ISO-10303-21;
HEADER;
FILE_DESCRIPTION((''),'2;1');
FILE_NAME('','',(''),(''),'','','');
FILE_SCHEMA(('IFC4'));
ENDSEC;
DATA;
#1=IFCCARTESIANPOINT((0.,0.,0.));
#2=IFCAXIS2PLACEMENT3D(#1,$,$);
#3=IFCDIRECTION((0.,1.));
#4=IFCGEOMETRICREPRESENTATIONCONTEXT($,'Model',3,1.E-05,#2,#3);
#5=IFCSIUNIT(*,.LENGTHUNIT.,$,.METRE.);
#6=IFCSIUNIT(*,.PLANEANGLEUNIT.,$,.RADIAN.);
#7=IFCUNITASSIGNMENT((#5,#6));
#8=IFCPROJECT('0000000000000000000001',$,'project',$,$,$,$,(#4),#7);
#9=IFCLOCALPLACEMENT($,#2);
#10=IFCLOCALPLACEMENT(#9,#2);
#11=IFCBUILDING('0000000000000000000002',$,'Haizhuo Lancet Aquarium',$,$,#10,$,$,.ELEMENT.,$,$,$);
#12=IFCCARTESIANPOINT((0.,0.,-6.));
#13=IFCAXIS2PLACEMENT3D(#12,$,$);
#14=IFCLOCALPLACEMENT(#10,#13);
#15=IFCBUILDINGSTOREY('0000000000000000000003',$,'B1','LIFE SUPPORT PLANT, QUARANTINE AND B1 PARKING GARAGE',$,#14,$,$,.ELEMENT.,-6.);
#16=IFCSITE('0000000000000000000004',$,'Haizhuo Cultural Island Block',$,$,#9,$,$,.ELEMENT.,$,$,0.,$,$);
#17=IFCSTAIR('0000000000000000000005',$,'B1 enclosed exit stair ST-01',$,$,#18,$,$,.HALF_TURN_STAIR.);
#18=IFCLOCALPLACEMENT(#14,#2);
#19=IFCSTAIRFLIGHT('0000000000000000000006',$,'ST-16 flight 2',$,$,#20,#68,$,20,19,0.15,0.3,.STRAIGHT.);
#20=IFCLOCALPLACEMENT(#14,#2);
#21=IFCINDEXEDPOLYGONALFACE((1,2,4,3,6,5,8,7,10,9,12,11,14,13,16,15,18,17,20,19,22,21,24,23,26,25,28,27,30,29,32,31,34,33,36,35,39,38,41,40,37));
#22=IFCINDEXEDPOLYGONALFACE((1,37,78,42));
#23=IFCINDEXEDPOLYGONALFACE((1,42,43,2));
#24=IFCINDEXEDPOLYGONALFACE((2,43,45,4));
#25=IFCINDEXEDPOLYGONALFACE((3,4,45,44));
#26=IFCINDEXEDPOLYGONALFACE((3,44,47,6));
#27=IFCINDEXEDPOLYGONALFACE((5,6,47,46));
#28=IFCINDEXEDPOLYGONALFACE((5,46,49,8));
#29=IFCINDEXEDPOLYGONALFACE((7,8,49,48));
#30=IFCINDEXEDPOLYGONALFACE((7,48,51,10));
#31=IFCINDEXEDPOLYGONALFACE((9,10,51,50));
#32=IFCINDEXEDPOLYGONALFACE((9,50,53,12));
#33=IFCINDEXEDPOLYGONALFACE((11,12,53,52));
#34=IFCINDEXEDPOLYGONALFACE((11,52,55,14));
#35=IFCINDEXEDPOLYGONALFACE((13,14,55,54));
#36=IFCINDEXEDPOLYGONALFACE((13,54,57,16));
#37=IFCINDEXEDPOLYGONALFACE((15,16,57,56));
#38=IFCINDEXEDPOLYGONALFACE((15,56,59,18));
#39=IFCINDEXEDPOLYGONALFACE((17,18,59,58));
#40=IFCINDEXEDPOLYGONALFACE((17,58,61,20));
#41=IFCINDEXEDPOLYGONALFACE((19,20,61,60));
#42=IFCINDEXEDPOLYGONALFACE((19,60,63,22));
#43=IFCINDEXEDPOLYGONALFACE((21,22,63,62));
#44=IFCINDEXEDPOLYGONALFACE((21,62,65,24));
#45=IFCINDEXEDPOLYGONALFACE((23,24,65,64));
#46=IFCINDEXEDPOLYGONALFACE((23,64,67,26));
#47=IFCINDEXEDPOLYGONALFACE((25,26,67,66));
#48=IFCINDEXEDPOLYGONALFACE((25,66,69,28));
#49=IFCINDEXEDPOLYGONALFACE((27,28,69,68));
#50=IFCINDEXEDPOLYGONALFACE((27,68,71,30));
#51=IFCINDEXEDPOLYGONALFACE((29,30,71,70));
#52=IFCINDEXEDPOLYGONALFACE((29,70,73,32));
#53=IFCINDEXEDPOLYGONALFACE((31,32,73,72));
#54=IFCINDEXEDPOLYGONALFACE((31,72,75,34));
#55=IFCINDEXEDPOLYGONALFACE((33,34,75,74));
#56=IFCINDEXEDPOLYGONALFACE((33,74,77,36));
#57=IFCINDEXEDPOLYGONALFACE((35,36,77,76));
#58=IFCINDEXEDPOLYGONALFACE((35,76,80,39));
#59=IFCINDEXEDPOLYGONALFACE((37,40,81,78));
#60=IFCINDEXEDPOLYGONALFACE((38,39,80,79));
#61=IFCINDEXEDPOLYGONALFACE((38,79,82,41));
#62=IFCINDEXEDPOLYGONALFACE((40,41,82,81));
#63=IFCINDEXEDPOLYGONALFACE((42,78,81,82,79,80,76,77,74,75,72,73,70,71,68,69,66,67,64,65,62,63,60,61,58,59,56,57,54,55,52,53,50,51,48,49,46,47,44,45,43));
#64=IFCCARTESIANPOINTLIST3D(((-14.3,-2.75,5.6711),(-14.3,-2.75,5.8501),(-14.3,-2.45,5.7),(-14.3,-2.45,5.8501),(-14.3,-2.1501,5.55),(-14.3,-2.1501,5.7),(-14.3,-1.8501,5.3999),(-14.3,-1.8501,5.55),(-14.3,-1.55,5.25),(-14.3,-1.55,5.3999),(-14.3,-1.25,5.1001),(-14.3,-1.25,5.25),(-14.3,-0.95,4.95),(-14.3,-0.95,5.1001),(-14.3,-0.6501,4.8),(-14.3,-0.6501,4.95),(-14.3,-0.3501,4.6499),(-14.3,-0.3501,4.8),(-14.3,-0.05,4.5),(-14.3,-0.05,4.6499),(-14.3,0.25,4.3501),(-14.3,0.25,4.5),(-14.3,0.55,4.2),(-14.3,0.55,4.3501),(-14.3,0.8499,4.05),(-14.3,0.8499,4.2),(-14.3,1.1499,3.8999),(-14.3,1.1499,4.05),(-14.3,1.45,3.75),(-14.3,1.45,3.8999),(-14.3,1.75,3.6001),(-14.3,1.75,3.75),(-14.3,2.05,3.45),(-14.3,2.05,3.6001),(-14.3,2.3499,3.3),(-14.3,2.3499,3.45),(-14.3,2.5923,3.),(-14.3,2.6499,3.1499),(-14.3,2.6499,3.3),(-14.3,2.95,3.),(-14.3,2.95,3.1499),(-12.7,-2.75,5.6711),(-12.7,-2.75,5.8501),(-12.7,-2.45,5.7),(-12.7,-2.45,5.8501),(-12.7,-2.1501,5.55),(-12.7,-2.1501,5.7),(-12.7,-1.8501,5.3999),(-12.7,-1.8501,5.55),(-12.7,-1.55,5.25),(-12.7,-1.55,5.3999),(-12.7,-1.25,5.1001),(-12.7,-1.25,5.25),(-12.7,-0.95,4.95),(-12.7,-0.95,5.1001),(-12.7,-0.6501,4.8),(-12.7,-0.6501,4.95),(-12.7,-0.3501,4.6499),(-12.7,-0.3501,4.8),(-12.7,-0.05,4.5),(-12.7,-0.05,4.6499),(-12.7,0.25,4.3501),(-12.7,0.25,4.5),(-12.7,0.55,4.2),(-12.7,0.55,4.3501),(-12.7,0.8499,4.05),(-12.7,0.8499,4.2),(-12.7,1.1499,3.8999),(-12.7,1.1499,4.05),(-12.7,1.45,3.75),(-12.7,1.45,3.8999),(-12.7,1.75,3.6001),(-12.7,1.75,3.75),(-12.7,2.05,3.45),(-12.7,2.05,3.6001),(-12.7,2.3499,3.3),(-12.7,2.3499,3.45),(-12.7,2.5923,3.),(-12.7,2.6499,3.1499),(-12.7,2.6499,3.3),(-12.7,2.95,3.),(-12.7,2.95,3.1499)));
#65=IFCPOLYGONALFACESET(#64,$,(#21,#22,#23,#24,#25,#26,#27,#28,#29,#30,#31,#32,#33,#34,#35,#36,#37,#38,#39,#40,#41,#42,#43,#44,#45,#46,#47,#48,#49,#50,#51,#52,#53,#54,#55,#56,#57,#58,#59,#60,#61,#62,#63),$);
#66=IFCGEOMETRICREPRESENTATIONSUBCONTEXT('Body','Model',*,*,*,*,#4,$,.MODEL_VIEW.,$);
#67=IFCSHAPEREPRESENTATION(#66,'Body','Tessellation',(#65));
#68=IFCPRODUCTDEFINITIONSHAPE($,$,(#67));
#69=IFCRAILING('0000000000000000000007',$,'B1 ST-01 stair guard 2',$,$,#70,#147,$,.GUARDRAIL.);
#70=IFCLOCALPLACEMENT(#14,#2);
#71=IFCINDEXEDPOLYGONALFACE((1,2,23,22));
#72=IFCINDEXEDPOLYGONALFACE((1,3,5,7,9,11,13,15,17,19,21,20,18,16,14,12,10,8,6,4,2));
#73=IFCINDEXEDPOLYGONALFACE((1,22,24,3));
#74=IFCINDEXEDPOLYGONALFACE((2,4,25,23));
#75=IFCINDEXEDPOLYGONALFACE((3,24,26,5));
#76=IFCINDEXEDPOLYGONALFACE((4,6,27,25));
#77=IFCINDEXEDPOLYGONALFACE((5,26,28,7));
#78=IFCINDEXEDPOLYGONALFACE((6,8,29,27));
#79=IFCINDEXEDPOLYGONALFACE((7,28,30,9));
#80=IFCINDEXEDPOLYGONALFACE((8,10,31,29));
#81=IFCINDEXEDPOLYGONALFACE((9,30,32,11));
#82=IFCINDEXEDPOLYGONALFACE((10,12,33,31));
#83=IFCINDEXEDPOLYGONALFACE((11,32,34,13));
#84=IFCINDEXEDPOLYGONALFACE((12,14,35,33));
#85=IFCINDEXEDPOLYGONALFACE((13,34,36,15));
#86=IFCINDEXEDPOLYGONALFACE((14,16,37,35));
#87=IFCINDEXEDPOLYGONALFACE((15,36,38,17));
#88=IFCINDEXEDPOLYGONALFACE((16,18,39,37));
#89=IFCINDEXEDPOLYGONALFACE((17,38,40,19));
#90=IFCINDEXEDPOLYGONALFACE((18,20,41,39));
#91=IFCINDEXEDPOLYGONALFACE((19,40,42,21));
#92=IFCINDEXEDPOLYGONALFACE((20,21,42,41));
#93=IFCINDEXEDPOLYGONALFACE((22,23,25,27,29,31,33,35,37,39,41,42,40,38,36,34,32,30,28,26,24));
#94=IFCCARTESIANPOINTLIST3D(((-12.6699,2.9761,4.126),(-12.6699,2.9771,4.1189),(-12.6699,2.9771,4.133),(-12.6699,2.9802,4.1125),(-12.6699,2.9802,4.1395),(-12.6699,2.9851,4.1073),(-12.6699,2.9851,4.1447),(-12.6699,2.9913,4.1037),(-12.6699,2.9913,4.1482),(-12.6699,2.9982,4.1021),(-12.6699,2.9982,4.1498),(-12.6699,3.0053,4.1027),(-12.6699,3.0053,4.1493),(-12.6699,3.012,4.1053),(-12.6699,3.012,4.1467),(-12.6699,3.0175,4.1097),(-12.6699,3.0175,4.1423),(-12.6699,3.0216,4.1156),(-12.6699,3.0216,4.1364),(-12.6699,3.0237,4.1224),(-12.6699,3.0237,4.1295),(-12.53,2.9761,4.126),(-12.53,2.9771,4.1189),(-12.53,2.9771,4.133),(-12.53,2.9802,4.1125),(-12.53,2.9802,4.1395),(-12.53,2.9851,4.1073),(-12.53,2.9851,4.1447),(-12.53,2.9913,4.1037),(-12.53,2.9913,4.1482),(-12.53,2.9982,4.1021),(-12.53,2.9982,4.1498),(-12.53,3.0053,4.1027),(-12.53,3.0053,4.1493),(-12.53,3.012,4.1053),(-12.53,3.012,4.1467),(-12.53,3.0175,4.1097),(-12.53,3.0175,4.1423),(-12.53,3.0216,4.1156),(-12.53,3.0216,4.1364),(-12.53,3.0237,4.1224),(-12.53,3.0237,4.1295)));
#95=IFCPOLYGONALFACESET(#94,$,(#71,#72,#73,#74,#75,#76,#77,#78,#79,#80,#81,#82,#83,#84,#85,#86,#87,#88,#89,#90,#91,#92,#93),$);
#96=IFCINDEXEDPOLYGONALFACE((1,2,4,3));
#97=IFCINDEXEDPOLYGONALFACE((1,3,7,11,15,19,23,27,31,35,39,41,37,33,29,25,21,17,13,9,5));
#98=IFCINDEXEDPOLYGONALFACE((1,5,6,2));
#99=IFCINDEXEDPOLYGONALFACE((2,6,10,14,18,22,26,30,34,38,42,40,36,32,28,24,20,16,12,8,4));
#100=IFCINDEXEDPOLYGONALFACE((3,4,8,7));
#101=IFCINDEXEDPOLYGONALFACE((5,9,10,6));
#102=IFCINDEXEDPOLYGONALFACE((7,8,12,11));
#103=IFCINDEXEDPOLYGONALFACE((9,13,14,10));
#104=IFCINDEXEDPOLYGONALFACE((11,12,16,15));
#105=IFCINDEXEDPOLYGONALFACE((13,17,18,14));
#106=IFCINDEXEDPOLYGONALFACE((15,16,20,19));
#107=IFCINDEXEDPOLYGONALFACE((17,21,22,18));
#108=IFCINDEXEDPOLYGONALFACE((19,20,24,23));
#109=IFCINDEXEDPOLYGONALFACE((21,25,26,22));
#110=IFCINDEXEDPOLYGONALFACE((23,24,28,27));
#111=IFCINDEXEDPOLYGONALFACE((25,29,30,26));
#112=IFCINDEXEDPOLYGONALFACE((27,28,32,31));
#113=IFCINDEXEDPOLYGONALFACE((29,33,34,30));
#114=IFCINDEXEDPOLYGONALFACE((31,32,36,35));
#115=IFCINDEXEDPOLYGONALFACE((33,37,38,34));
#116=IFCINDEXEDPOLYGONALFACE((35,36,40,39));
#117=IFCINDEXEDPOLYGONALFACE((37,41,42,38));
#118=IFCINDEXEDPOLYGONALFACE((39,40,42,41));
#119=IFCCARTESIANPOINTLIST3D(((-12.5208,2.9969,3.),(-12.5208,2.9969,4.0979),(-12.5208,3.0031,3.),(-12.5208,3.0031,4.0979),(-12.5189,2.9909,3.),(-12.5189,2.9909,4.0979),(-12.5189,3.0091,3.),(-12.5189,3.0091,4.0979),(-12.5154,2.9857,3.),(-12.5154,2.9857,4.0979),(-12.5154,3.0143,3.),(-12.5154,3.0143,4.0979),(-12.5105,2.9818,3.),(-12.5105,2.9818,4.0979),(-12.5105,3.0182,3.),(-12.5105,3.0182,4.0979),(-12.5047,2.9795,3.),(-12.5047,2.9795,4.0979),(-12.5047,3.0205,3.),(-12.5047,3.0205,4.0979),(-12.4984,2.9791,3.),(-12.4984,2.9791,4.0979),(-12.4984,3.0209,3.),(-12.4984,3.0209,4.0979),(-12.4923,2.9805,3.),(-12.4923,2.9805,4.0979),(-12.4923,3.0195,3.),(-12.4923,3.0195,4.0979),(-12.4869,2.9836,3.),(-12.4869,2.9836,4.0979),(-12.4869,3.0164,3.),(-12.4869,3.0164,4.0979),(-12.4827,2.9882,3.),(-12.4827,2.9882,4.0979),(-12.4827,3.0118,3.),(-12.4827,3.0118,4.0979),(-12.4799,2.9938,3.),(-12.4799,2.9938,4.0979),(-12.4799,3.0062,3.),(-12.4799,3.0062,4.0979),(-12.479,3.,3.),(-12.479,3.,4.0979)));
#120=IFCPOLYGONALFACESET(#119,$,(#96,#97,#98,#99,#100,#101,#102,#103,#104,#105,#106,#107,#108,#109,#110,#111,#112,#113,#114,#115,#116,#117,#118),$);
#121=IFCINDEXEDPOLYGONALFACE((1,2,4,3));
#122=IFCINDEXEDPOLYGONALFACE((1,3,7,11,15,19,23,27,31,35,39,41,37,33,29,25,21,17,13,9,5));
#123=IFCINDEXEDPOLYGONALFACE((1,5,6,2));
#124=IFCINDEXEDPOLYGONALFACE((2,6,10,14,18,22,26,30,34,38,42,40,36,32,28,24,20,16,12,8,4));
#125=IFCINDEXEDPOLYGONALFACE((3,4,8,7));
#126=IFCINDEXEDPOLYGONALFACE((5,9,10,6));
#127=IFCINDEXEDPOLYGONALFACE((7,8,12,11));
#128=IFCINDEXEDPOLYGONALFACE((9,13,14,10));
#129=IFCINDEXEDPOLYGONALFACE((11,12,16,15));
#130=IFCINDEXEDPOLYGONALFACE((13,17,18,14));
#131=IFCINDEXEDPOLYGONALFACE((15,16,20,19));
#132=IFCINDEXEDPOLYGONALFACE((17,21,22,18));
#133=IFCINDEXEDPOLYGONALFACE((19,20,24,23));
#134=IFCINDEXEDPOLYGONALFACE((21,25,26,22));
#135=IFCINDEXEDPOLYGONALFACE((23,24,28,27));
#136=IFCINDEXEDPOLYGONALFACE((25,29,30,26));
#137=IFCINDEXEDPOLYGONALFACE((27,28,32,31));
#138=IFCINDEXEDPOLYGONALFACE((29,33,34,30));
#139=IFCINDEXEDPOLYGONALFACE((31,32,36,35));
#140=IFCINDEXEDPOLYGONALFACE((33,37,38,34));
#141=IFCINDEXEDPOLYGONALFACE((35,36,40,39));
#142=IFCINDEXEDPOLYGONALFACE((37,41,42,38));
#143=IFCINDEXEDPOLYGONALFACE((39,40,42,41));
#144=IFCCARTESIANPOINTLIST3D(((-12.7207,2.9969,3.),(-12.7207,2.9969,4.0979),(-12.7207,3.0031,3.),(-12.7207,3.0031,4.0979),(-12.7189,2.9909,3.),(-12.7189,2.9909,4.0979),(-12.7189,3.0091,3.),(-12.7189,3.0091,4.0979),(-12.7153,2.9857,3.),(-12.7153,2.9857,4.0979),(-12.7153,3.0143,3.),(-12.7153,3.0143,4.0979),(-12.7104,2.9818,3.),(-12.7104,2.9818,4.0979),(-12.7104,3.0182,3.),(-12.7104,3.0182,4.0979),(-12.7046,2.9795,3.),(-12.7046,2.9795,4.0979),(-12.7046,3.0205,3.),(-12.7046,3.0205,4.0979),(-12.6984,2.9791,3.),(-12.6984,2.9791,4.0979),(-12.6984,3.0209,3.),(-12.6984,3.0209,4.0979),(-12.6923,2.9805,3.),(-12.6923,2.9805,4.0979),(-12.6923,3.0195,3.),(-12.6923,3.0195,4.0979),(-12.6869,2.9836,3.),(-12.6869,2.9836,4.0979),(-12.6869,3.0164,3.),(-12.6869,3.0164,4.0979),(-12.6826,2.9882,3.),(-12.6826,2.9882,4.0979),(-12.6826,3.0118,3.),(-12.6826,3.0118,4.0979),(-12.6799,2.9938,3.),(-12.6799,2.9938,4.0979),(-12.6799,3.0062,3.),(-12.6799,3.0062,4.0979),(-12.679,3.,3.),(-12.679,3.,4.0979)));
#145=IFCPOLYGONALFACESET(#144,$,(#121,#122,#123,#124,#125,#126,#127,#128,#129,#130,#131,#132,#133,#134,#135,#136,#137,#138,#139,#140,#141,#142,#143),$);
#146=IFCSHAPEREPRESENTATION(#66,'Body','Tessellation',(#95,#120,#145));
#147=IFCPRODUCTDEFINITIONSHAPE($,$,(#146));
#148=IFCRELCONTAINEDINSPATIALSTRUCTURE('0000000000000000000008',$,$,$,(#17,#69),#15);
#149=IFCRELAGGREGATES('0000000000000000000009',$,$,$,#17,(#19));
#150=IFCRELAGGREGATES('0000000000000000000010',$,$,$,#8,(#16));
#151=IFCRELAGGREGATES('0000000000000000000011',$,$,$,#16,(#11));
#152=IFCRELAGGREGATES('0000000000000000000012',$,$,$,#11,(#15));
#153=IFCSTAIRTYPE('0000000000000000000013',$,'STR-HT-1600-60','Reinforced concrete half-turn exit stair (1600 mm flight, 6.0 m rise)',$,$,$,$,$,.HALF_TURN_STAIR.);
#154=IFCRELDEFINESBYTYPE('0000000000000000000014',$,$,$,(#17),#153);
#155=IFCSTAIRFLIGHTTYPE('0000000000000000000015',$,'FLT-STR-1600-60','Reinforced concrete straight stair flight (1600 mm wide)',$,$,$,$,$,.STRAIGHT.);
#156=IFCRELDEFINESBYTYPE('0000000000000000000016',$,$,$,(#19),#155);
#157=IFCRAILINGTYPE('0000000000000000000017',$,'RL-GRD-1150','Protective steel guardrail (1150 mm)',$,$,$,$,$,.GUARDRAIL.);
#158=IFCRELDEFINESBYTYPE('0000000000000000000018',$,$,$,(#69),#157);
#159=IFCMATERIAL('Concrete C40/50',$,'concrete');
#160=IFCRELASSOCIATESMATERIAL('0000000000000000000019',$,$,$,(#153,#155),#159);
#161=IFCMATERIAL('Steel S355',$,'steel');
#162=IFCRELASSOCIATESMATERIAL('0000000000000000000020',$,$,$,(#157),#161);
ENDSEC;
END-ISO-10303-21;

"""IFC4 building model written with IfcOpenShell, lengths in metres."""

from ifc_helpers import new_model, si_unit, direction, frame, origin, origin_2d, place, context, subcontext, project, spatial, polyline, circle, outline, extrude, material, type_object, element, aggregate, save


model = new_model("IFC4")

# Units and contexts
model_context = context("Model", 3, precision=1e-05, world=origin(), true_north=direction((0.0, 1.0)))
body_context = subcontext(model_context, "Body", "Model", "MODEL_VIEW")
ifc_project = project(units=[si_unit("LENGTHUNIT", "METRE"), si_unit("PLANEANGLEUNIT", "RADIAN")], contexts=[model_context])

# Site, building, storey
site_placement = place(None, origin())
site = spatial("IfcSite", under=ifc_project, at=site_placement, Name="Haizhuo Cultural Island Block", CompositionType="ELEMENT", RefElevation=0.0)
building_placement = place(site_placement, origin())
building = spatial("IfcBuilding", under=site, at=building_placement, Name="Haizhuo Lancet Aquarium", CompositionType="ELEMENT")
storey_placement = place(building_placement, frame((0.0, 0.0, -6.0)))
storey = spatial("IfcBuildingStorey", under=building, at=storey_placement, Name="B1", Description="LIFE SUPPORT PLANT, QUARANTINE AND B1 PARKING GARAGE", CompositionType="ELEMENT", Elevation=-6.0)

# Shared definitions
ifc_material_1 = material(Name="Concrete C40/50", Category="concrete")

# Shared definitions
ifc_material_2 = material(Name="Steel S355", Category="steel")

# Stair, stair flight
stair_type = type_object("IfcStairType", Name="STR-HT-1600-60", Description="Reinforced concrete half-turn exit stair (1600 mm flight, 6.0 m rise)", PredefinedType="HALF_TURN_STAIR", material=ifc_material_1)
stair_placement = place(storey_placement, origin())
stair = element("IfcStair", 1, at=stair_placement, inside=storey, type_object=stair_type, Name="B1 enclosed exit stair ST-01", PredefinedType="HALF_TURN_STAIR")
stair_flight_type = type_object("IfcStairFlightType", Name="FLT-STR-1600-60", Description="Reinforced concrete straight stair flight (1600 mm wide)", PredefinedType="STRAIGHT", material=ifc_material_1)
stair_flight_placement = place(storey_placement, frame((-13.5, 2.95, 3.0), z_axis=(0.0, 0.0, 1.0), x_axis=(0.0, -1.0, 0.0)))
stair_flight = element("IfcStairFlight", 2, at=stair_flight_placement, type_object=stair_flight_type, Name="ST-16 flight 2", NumberOfRisers=20, NumberOfTreads=19, PredefinedType="STRAIGHT", RiserHeight=0.15, TreadLength=0.3, context=body_context, shape_type="SweptSolid", body=[
    extrude(outline(polyline([(0.0, 0.0), (0.0, 0.1499), (0.3, 0.1499), (0.3, 0.3), (0.6001, 0.3), (0.6001, 0.45), (0.8999, 0.45), (0.8999, 0.6001), (1.2, 0.6001), (1.2, 0.75), (1.5, 0.75), (1.5, 0.8999), (1.8, 0.8999), (1.8, 1.05), (2.1001, 1.05), (2.1001, 1.2), (2.3999, 1.2), (2.3999, 1.3501), (2.7, 1.3501), (2.7, 1.5), (3.0, 1.5), (3.0, 1.6499), (3.3, 1.6499), (3.3, 1.8), (3.6001, 1.8), (3.6001, 1.95), (3.8999, 1.95), (3.8999, 2.1001), (4.2, 2.1001), (4.2, 2.25), (4.5, 2.25), (4.5, 2.3999), (4.8, 2.3999), (4.8, 2.55), (5.1001, 2.55), (5.1001, 2.7), (5.3999, 2.7), (5.3999, 2.8501), (5.7, 2.8501), (5.7, 3.0), (5.7, 2.6711), (0.3577, 0.0), (0.0, 0.0)])), frame((0.0, 0.8, 0.0), z_axis=(0.0, -1.0, 0.0), x_axis=(1.0, 0.0, 0.0)), (0.0, 0.0, 1.0), 1.6001),
])
aggregate(stair, [stair_flight])

# Railing
railing_type_1 = type_object("IfcRailingType", Name="RL-GRD-1150", Description="Protective steel guardrail (1150 mm)", PredefinedType="GUARDRAIL", material=ifc_material_2)
railing_1_placement = place(storey_placement, frame((-12.5, 3.0, 3.0)))
element("IfcRailing", 3, at=railing_1_placement, inside=storey, type_object=railing_type_1, Name="B1 ST-01 stair guard 2", PredefinedType="GUARDRAIL", context=body_context, shape_type="SweptSolid", body=[
    extrude(circle(Radius=0.0239, at=origin_2d()), frame((-0.03, 0.0, 1.126), z_axis=(-1.0, 0.0, 0.0), x_axis=(0.0, -1.0, 0.0)), (0.0, 0.0, 1.0), 0.1399),
    extrude(circle(Radius=0.021, at=origin_2d()), origin(), (0.0, 0.0, 1.0), 1.0979),
    extrude(circle(Radius=0.021, at=origin_2d()), frame((-0.2, 0.0, 0.0)), (0.0, 0.0, 1.0), 1.0979),
])

save(model, "model.ifc")
